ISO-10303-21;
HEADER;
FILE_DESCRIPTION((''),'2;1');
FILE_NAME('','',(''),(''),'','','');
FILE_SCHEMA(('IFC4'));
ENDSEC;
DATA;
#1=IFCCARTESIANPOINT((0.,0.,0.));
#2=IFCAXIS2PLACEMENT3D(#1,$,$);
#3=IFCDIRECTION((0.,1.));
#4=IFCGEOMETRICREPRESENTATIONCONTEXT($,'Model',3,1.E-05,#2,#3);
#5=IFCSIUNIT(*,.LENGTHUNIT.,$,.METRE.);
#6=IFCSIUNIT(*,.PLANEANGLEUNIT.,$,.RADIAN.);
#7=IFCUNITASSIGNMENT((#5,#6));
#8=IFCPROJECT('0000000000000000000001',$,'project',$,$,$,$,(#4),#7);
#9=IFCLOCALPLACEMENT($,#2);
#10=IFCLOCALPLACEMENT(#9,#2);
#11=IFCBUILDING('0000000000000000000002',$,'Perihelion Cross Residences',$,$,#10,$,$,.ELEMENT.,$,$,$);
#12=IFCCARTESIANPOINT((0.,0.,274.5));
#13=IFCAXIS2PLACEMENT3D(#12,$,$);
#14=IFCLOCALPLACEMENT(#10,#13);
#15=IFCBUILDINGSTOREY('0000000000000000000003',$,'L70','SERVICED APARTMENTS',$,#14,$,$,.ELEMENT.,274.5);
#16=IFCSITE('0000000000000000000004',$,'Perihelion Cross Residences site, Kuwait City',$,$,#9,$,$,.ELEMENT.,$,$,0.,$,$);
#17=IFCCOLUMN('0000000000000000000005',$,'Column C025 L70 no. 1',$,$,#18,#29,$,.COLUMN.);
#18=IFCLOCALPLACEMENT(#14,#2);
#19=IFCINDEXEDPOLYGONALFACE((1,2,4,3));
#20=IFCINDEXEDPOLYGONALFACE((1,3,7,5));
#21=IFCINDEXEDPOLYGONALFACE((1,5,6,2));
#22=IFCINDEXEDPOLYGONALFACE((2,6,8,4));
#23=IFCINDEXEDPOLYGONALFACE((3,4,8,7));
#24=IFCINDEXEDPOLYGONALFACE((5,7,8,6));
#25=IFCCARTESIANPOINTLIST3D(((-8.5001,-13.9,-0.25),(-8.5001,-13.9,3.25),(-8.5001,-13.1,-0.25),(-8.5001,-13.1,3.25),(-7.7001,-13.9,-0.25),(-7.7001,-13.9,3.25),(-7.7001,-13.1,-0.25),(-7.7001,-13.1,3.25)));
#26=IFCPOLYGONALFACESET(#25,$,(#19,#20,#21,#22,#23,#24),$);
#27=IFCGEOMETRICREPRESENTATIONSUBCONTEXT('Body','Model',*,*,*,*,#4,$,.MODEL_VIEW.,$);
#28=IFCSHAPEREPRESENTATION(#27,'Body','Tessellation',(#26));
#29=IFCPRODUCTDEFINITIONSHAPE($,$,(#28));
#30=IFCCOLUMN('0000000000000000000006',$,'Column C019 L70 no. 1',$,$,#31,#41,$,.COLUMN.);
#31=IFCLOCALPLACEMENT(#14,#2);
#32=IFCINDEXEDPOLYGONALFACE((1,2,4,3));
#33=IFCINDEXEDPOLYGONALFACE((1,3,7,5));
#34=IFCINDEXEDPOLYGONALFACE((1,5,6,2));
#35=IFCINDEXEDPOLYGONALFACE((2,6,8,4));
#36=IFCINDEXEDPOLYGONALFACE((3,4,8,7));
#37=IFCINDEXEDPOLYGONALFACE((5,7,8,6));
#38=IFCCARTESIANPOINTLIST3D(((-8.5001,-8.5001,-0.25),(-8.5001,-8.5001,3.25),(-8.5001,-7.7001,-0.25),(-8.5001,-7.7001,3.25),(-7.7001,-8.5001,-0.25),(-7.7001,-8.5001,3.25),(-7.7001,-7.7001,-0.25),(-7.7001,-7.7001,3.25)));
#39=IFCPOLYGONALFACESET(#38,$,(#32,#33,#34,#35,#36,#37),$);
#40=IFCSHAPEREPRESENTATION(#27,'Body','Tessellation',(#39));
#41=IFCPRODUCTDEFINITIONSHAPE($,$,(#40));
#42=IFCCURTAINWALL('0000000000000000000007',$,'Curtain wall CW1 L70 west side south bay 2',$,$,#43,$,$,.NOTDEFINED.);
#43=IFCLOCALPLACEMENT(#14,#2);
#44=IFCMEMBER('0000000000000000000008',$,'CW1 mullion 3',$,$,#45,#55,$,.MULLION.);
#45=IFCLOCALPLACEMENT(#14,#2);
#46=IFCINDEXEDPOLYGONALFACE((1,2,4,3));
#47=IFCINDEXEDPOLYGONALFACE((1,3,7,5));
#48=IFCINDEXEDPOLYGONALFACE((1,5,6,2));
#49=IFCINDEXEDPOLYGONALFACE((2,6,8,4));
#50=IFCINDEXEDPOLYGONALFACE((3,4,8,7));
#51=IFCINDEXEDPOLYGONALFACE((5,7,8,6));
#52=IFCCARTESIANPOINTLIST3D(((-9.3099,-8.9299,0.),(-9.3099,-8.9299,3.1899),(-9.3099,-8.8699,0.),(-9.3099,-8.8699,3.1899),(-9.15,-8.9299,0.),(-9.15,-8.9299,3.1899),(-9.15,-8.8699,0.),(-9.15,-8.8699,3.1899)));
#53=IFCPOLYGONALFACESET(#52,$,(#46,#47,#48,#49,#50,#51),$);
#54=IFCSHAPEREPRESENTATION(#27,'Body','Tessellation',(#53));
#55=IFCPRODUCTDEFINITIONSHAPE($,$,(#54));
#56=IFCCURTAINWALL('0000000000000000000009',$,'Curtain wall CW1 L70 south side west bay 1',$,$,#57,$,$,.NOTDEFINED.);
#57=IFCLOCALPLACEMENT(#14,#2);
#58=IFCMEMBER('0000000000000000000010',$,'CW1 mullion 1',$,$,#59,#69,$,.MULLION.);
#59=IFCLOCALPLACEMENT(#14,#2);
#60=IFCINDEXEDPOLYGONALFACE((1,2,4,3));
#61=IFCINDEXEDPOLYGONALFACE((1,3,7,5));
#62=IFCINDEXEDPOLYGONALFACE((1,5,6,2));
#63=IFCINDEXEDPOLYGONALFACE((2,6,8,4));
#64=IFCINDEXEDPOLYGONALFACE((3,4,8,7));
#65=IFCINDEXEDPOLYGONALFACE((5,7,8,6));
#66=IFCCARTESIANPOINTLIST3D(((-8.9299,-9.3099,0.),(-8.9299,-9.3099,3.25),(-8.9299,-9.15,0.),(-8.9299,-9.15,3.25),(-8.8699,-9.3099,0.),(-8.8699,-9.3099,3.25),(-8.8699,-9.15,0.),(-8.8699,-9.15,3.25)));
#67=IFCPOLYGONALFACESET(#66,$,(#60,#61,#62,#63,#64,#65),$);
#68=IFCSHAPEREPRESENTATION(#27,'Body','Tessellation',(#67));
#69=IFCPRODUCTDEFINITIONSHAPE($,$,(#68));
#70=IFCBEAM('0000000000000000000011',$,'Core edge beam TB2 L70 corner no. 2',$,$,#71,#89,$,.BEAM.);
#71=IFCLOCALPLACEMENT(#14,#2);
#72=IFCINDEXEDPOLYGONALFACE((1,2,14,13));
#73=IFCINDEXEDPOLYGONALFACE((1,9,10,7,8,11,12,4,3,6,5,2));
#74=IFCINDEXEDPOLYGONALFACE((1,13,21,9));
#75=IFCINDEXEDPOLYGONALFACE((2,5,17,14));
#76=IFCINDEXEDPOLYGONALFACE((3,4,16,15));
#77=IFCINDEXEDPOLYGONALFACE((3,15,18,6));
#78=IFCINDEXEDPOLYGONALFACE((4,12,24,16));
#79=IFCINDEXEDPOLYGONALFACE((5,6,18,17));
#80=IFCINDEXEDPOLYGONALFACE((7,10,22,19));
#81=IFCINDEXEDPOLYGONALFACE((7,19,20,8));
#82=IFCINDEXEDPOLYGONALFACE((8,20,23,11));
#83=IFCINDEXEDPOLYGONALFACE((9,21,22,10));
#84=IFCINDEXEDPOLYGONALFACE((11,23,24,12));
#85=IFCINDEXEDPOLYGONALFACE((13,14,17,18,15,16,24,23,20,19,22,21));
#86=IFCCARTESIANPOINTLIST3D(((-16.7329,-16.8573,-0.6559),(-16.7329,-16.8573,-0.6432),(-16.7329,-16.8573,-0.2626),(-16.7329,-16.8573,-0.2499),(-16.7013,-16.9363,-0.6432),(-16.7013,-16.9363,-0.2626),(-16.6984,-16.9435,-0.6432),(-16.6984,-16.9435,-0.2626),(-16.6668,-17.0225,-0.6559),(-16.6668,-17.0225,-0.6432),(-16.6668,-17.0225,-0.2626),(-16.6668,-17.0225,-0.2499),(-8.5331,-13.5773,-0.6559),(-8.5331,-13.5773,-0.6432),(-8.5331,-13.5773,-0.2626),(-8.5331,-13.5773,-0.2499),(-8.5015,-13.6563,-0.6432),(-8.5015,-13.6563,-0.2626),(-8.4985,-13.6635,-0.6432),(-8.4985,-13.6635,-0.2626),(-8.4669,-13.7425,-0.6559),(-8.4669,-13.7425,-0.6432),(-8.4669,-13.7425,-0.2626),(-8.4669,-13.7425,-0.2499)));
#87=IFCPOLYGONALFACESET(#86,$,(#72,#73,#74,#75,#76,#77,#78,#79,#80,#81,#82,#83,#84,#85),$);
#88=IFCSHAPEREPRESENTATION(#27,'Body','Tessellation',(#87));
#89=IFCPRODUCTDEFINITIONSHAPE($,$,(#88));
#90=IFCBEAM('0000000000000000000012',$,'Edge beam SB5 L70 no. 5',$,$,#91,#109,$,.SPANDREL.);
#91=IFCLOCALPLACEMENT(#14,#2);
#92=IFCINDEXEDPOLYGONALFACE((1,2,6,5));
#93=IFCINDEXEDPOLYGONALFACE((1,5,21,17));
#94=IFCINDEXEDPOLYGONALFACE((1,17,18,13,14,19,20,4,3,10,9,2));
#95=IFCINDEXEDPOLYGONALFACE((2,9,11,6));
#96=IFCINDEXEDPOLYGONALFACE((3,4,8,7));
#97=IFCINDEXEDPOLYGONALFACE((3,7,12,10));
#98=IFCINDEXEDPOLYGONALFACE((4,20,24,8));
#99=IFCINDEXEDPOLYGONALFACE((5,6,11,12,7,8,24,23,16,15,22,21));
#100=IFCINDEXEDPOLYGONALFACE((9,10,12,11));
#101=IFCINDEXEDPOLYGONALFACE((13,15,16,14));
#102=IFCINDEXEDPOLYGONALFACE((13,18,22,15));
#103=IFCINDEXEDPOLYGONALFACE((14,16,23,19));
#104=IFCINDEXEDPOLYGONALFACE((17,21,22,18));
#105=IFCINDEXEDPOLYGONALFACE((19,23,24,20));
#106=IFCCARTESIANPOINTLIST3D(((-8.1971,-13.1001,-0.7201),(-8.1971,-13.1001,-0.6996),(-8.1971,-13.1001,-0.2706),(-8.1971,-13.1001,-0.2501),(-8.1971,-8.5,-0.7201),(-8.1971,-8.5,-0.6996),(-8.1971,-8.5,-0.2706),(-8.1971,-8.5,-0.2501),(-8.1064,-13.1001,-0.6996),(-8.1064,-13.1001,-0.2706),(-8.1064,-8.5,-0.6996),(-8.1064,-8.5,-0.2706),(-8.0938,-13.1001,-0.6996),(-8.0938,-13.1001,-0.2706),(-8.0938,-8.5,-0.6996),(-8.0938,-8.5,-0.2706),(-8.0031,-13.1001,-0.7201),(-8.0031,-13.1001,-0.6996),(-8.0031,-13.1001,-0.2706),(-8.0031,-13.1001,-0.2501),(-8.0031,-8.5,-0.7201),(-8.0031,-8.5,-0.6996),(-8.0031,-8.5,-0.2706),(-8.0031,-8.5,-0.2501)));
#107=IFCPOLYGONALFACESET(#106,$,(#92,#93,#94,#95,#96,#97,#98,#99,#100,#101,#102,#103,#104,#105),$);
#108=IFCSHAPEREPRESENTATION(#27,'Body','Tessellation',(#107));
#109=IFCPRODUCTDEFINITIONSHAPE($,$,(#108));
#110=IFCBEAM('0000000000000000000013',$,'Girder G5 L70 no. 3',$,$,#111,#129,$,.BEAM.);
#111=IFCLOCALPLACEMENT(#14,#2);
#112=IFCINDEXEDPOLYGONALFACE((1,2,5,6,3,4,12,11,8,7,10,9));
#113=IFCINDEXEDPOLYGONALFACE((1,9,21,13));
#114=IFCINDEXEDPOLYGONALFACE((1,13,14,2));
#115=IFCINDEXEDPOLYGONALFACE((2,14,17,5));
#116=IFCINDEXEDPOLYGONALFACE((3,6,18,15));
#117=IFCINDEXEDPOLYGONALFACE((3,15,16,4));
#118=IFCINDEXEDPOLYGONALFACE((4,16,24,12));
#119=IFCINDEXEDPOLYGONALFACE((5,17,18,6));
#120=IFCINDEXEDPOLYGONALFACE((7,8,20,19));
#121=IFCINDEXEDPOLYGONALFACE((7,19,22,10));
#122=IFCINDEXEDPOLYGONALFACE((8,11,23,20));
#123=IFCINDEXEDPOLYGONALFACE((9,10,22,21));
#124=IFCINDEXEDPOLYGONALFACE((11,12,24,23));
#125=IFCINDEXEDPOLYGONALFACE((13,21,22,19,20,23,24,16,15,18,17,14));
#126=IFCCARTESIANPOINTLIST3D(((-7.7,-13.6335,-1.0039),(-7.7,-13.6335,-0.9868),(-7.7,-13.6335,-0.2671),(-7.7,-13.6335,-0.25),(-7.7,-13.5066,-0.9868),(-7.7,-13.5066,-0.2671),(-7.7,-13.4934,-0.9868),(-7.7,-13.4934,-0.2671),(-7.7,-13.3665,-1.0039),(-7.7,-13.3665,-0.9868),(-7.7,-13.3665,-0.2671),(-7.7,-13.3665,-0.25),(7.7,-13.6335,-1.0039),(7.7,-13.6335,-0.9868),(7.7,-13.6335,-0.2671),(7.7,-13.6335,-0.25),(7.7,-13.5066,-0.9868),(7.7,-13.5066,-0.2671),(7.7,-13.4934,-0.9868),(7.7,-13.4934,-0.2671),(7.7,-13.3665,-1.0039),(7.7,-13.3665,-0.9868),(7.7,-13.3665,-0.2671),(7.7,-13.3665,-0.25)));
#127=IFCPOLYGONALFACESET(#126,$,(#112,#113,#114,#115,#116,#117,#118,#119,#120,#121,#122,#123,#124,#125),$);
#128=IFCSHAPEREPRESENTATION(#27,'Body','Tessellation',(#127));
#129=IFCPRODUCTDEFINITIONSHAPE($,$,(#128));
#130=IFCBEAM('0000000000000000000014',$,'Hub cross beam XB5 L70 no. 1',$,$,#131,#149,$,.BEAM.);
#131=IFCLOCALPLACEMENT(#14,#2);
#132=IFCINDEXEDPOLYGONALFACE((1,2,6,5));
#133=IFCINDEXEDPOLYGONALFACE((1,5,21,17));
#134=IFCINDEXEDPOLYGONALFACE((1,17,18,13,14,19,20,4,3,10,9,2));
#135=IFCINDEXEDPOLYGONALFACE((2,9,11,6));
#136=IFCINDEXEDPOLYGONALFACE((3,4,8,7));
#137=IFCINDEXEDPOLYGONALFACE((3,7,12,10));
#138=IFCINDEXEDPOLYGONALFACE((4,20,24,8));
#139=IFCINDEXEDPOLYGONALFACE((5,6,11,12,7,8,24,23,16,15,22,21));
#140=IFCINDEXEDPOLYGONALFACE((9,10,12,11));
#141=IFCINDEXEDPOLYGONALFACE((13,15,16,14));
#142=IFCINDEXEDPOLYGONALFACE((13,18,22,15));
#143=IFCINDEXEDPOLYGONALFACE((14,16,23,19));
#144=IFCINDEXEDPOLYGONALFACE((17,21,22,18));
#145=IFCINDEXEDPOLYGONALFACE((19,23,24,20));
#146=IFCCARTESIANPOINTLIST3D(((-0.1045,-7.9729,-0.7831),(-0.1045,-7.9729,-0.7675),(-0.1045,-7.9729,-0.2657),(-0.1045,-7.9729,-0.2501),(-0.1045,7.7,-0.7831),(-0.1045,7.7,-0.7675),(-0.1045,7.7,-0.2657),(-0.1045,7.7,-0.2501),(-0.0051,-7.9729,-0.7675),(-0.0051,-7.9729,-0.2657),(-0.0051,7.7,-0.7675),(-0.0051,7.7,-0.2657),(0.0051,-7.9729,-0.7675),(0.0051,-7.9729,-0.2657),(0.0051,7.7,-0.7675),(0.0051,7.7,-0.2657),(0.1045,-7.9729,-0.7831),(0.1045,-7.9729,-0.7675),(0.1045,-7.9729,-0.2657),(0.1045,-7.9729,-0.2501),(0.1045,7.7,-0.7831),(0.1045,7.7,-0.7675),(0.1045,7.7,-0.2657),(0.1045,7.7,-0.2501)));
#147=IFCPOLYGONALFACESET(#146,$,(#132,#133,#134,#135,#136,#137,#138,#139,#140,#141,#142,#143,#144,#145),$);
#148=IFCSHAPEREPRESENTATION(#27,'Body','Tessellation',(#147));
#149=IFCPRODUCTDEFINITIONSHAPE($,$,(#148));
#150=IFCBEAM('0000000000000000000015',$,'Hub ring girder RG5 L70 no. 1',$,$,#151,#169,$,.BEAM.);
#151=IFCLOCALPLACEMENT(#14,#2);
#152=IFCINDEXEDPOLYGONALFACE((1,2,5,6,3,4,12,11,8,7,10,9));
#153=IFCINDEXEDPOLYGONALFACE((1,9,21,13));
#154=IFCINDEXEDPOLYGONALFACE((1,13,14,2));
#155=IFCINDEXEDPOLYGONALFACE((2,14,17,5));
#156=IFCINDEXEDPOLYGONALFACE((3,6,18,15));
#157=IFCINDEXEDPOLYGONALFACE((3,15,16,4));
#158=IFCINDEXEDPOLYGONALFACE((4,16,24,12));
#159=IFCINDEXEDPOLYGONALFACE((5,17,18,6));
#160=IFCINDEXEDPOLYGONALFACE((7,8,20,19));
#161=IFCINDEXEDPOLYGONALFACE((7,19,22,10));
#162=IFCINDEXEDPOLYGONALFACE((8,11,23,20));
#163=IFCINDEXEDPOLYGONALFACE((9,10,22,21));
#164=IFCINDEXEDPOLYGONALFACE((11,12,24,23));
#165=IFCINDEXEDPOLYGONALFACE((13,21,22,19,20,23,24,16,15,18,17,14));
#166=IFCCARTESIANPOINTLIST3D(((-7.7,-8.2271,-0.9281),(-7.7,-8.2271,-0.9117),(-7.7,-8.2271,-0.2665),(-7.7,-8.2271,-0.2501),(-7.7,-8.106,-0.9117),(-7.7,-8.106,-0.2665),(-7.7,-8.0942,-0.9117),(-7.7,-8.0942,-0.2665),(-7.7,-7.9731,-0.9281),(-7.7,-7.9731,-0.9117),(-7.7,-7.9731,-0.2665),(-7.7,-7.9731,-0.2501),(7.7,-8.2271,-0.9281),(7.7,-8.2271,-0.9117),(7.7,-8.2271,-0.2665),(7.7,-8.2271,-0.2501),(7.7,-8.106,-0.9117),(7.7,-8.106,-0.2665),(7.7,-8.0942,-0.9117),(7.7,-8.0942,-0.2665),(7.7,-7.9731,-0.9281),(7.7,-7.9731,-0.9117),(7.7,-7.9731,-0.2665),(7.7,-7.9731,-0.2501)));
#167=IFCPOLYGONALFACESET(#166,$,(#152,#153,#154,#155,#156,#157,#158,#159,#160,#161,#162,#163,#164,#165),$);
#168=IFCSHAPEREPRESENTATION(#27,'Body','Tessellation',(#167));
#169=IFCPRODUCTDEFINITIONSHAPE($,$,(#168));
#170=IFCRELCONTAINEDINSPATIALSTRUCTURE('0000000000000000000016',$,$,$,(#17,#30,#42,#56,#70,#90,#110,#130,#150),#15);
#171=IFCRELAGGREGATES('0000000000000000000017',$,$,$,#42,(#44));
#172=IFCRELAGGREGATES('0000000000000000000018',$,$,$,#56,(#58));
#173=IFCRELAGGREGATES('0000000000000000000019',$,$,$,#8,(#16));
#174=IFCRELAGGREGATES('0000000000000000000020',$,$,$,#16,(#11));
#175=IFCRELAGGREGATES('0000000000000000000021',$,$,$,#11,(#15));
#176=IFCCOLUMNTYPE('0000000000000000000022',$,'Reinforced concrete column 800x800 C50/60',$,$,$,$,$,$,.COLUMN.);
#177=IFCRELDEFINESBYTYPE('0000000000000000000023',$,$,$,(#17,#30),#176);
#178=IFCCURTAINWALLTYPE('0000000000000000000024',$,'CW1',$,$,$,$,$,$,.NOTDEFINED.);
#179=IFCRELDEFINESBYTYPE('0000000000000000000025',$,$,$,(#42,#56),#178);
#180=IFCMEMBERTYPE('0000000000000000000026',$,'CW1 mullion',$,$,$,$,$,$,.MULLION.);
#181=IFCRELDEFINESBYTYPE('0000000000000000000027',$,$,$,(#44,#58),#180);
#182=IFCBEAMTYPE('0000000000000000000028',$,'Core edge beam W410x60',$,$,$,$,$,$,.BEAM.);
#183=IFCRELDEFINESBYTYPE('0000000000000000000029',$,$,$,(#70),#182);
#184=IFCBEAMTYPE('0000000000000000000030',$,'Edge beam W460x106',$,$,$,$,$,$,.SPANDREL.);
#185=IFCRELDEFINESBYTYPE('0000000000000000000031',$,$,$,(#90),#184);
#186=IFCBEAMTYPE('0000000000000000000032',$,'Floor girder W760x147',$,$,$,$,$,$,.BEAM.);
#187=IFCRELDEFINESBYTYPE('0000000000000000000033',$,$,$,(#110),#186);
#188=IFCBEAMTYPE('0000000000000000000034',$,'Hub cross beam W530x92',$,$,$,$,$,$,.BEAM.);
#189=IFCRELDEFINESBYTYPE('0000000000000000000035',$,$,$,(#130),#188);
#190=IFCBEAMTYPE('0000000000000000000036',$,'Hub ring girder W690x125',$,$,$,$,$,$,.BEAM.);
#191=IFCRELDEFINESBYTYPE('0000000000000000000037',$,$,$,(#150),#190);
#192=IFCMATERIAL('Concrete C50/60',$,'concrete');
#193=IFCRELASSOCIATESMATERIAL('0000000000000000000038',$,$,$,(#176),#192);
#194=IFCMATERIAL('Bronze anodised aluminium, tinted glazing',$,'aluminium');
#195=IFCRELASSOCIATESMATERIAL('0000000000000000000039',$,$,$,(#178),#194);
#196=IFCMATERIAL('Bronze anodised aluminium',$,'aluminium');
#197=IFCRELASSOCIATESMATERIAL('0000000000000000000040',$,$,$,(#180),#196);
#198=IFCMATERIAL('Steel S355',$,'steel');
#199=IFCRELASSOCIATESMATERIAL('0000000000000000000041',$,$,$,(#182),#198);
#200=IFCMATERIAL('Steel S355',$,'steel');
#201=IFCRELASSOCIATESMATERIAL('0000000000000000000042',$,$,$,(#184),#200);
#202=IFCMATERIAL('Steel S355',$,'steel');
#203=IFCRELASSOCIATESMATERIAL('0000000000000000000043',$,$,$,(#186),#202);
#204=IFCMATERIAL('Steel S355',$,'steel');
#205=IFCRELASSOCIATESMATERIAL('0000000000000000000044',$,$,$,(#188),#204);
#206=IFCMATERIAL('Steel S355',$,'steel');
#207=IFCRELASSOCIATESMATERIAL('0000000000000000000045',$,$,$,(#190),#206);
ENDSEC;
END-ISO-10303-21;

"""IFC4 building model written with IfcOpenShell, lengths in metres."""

from ifc_helpers import new_model, si_unit, direction, frame, origin, origin_2d, place, context, subcontext, project, spatial, rectangle, i_section, extrude, material, material_profile, profile_set, type_object, element, aggregate, save


model = new_model("IFC4")

# Units and contexts
model_context = context("Model", 3, precision=1e-05, world=origin(), true_north=direction((0.0, 1.0)))
body_context = subcontext(model_context, "Body", "Model", "MODEL_VIEW")
ifc_project = project(units=[si_unit("LENGTHUNIT", "METRE"), si_unit("PLANEANGLEUNIT", "RADIAN")], contexts=[model_context])

# Site, building, storey
site_placement = place(None, origin())
site = spatial("IfcSite", under=ifc_project, at=site_placement, Name="Perihelion Cross Residences site, Kuwait City", CompositionType="ELEMENT", RefElevation=0.0)
building_placement = place(site_placement, origin())
building = spatial("IfcBuilding", under=site, at=building_placement, Name="Perihelion Cross Residences", CompositionType="ELEMENT")
storey_placement = place(building_placement, frame((0.0, 0.0, 274.5)))
storey = spatial("IfcBuildingStorey", under=building, at=storey_placement, Name="L70", Description="SERVICED APARTMENTS", CompositionType="ELEMENT", Elevation=274.5)

# Columns
ifc_material_1 = material(Name="Concrete C50/60", Category="concrete")
ifc_material_profile_1 = material_profile(ifc_material_1, rectangle(XDim=0.8, YDim=0.8, at=origin_2d()), Name="RC 800x800")
ifc_profile_set_1 = profile_set([ifc_material_profile_1], Name="Concrete C50/60")
column_type = type_object("IfcColumnType", Name="Reinforced concrete column 800x800 C50/60", PredefinedType="COLUMN", material=ifc_profile_set_1)
for number, where, z_axis, x_axis, name in (
    (1, (-8.1001, -13.5, -0.25), (0.0, 0.0, 1.0), (1.0, 0.0, 0.0), "Column C025 L70 no. 1"),
    (2, (-8.1001, -8.1001, -0.25), (0.0, 0.0, 1.0), (1.0, 0.0, 0.0), "Column C019 L70 no. 1"),
):
    element("IfcColumn", number, at=place(storey_placement, frame(where, z_axis=z_axis, x_axis=x_axis)), inside=storey, type_object=column_type, Name=name, PredefinedType="COLUMN", context=body_context, shape_type="SweptSolid", body=[
        extrude(rectangle(XDim=0.8, YDim=0.8, at=origin_2d()), origin(), (0.0, 0.0, 1.0), 3.5),
    ])

# Curtain walls, members
ifc_material_2 = material(Name="Bronze anodised aluminium, tinted glazing", Category="aluminium")
curtain_wall_type = type_object("IfcCurtainWallType", Name="CW1", PredefinedType="NOTDEFINED", material=ifc_material_2)
curtain_wall_1_placement = place(storey_placement, origin())
curtain_wall_1 = element("IfcCurtainWall", 3, at=curtain_wall_1_placement, inside=storey, type_object=curtain_wall_type, Name="Curtain wall CW1 L70 west side south bay 2", PredefinedType="NOTDEFINED")
ifc_material_3 = material(Name="Bronze anodised aluminium", Category="aluminium")
ifc_material_profile_2 = material_profile(ifc_material_3, rectangle(XDim=0.0601, YDim=0.1599, at=origin_2d()), Name="CW1 mullion")
ifc_profile_set_2 = profile_set([ifc_material_profile_2], Name="Bronze anodised aluminium")
member_type = type_object("IfcMemberType", Name="CW1 mullion", PredefinedType="MULLION", material=ifc_profile_set_2)
member_1_placement = place(storey_placement, frame((-9.23, -8.8999, 0.0), z_axis=(0.0, 0.0, 1.0), x_axis=(0.0, 1.0, 0.0)))
member_1 = element("IfcMember", 4, at=member_1_placement, type_object=member_type, Name="CW1 mullion 3", PredefinedType="MULLION", context=body_context, shape_type="SweptSolid", body=[
    extrude(rectangle(XDim=0.0601, YDim=0.1599, at=origin_2d()), origin(), (0.0, 0.0, 1.0), 3.1899),
])
curtain_wall_2_placement = place(storey_placement, origin())
curtain_wall_2 = element("IfcCurtainWall", 5, at=curtain_wall_2_placement, inside=storey, type_object=curtain_wall_type, Name="Curtain wall CW1 L70 south side west bay 1", PredefinedType="NOTDEFINED")
member_2_placement = place(storey_placement, frame((-8.8999, -9.23, 0.0), z_axis=(0.0, 0.0, 1.0), x_axis=(1.0, 0.0, 0.0)))
member_2 = element("IfcMember", 6, at=member_2_placement, type_object=member_type, Name="CW1 mullion 1", PredefinedType="MULLION", context=body_context, shape_type="SweptSolid", body=[
    extrude(rectangle(XDim=0.0601, YDim=0.1599, at=origin_2d()), origin(), (0.0, 0.0, 1.0), 3.25),
])

# Beams
ifc_material_4 = material(Name="Steel S355", Category="steel")
ifc_material_profile_3 = material_profile(ifc_material_4, i_section(OverallWidth=0.178, OverallDepth=0.406, WebThickness=0.0078, FlangeThickness=0.0127, at=origin_2d()), Name="W410x60")
ifc_profile_set_3 = profile_set([ifc_material_profile_3], Name="Steel S355")
beam_type_1 = type_object("IfcBeamType", Name="Core edge beam W410x60", PredefinedType="BEAM", material=ifc_profile_set_3)
beam_1_placement = place(storey_placement, frame((-8.5, -13.6599, -0.4529), z_axis=(-0.928475, -0.371395, 0.0), x_axis=(0.371395, -0.928475, 0.0)))
element("IfcBeam", 7, at=beam_1_placement, inside=storey, type_object=beam_type_1, Name="Core edge beam TB2 L70 corner no. 2", PredefinedType="BEAM", context=body_context, shape_type="SweptSolid", body=[
    extrude(i_section(OverallWidth=0.178, OverallDepth=0.406, WebThickness=0.0078, FlangeThickness=0.0127, at=origin_2d()), origin(), (0.0, 0.0, 1.0), 8.8315),
])
ifc_material_5 = material(Name="Steel S355", Category="steel")
ifc_material_profile_4 = material_profile(ifc_material_5, i_section(OverallWidth=0.1941, OverallDepth=0.47, WebThickness=0.0127, FlangeThickness=0.0205, at=origin_2d()), Name="W460x106")
ifc_profile_set_4 = profile_set([ifc_material_profile_4], Name="Steel S355")
beam_type_2 = type_object("IfcBeamType", Name="Edge beam W460x106", PredefinedType="SPANDREL", material=ifc_profile_set_4)
beam_2_placement = place(storey_placement, frame((-8.1001, -8.5, -0.4851), z_axis=(0.0, -1.0, 0.0), x_axis=(1.0, 0.0, 0.0)))
element("IfcBeam", 8, at=beam_2_placement, inside=storey, type_object=beam_type_2, Name="Edge beam SB5 L70 no. 5", PredefinedType="SPANDREL", context=body_context, shape_type="SweptSolid", body=[
    extrude(i_section(OverallWidth=0.1941, OverallDepth=0.47, WebThickness=0.0127, FlangeThickness=0.0205, at=origin_2d()), origin(), (0.0, 0.0, 1.0), 4.6001),
])
ifc_material_6 = material(Name="Steel S355", Category="steel")
ifc_material_profile_5 = material_profile(ifc_material_6, i_section(OverallWidth=0.2671, OverallDepth=0.7539, WebThickness=0.0132, FlangeThickness=0.0171, at=origin_2d()), Name="W760x147")
ifc_profile_set_5 = profile_set([ifc_material_profile_5], Name="Steel S355")
beam_type_3 = type_object("IfcBeamType", Name="Floor girder W760x147", PredefinedType="BEAM", material=ifc_profile_set_5)
beam_3_placement = place(storey_placement, frame((-7.7, -13.5, -0.627), z_axis=(1.0, 0.0, 0.0), x_axis=(0.0, 1.0, 0.0)))
element("IfcBeam", 9, at=beam_3_placement, inside=storey, type_object=beam_type_3, Name="Girder G5 L70 no. 3", PredefinedType="BEAM", context=body_context, shape_type="SweptSolid", body=[
    extrude(i_section(OverallWidth=0.2671, OverallDepth=0.7539, WebThickness=0.0132, FlangeThickness=0.0171, at=origin_2d()), origin(), (0.0, 0.0, 1.0), 15.3999),
])
ifc_material_7 = material(Name="Steel S355", Category="steel")
ifc_material_profile_6 = material_profile(ifc_material_7, i_section(OverallWidth=0.209, OverallDepth=0.533, WebThickness=0.0103, FlangeThickness=0.0156, at=origin_2d()), Name="W530x92")
ifc_profile_set_6 = profile_set([ifc_material_profile_6], Name="Steel S355")
beam_type_4 = type_object("IfcBeamType", Name="Hub cross beam W530x92", PredefinedType="BEAM", material=ifc_profile_set_6)
beam_4_placement = place(storey_placement, frame((0.0, -7.9729, -0.5166), z_axis=(0.0, 1.0, 0.0), x_axis=(-1.0, 0.0, 0.0)))
element("IfcBeam", 10, at=beam_4_placement, inside=storey, type_object=beam_type_4, Name="Hub cross beam XB5 L70 no. 1", PredefinedType="BEAM", context=body_context, shape_type="SweptSolid", body=[
    extrude(i_section(OverallWidth=0.209, OverallDepth=0.533, WebThickness=0.0103, FlangeThickness=0.0156, at=origin_2d()), origin(), (0.0, 0.0, 1.0), 15.6729),
])
ifc_material_8 = material(Name="Steel S355", Category="steel")
ifc_material_profile_7 = material_profile(ifc_material_8, i_section(OverallWidth=0.2539, OverallDepth=0.678, WebThickness=0.0117, FlangeThickness=0.0164, at=origin_2d()), Name="W690x125")
ifc_profile_set_7 = profile_set([ifc_material_profile_7], Name="Steel S355")
beam_type_5 = type_object("IfcBeamType", Name="Hub ring girder W690x125", PredefinedType="BEAM", material=ifc_profile_set_7)
beam_5_placement = place(storey_placement, frame((-7.7, -8.1001, -0.5891), z_axis=(1.0, 0.0, 0.0), x_axis=(0.0, 1.0, 0.0)))
element("IfcBeam", 11, at=beam_5_placement, inside=storey, type_object=beam_type_5, Name="Hub ring girder RG5 L70 no. 1", PredefinedType="BEAM", context=body_context, shape_type="SweptSolid", body=[
    extrude(i_section(OverallWidth=0.2539, OverallDepth=0.678, WebThickness=0.0117, FlangeThickness=0.0164, at=origin_2d()), origin(), (0.0, 0.0, 1.0), 15.3999),
])

aggregate(curtain_wall_1, [member_1])
aggregate(curtain_wall_2, [member_2])

save(model, "model.ifc")
